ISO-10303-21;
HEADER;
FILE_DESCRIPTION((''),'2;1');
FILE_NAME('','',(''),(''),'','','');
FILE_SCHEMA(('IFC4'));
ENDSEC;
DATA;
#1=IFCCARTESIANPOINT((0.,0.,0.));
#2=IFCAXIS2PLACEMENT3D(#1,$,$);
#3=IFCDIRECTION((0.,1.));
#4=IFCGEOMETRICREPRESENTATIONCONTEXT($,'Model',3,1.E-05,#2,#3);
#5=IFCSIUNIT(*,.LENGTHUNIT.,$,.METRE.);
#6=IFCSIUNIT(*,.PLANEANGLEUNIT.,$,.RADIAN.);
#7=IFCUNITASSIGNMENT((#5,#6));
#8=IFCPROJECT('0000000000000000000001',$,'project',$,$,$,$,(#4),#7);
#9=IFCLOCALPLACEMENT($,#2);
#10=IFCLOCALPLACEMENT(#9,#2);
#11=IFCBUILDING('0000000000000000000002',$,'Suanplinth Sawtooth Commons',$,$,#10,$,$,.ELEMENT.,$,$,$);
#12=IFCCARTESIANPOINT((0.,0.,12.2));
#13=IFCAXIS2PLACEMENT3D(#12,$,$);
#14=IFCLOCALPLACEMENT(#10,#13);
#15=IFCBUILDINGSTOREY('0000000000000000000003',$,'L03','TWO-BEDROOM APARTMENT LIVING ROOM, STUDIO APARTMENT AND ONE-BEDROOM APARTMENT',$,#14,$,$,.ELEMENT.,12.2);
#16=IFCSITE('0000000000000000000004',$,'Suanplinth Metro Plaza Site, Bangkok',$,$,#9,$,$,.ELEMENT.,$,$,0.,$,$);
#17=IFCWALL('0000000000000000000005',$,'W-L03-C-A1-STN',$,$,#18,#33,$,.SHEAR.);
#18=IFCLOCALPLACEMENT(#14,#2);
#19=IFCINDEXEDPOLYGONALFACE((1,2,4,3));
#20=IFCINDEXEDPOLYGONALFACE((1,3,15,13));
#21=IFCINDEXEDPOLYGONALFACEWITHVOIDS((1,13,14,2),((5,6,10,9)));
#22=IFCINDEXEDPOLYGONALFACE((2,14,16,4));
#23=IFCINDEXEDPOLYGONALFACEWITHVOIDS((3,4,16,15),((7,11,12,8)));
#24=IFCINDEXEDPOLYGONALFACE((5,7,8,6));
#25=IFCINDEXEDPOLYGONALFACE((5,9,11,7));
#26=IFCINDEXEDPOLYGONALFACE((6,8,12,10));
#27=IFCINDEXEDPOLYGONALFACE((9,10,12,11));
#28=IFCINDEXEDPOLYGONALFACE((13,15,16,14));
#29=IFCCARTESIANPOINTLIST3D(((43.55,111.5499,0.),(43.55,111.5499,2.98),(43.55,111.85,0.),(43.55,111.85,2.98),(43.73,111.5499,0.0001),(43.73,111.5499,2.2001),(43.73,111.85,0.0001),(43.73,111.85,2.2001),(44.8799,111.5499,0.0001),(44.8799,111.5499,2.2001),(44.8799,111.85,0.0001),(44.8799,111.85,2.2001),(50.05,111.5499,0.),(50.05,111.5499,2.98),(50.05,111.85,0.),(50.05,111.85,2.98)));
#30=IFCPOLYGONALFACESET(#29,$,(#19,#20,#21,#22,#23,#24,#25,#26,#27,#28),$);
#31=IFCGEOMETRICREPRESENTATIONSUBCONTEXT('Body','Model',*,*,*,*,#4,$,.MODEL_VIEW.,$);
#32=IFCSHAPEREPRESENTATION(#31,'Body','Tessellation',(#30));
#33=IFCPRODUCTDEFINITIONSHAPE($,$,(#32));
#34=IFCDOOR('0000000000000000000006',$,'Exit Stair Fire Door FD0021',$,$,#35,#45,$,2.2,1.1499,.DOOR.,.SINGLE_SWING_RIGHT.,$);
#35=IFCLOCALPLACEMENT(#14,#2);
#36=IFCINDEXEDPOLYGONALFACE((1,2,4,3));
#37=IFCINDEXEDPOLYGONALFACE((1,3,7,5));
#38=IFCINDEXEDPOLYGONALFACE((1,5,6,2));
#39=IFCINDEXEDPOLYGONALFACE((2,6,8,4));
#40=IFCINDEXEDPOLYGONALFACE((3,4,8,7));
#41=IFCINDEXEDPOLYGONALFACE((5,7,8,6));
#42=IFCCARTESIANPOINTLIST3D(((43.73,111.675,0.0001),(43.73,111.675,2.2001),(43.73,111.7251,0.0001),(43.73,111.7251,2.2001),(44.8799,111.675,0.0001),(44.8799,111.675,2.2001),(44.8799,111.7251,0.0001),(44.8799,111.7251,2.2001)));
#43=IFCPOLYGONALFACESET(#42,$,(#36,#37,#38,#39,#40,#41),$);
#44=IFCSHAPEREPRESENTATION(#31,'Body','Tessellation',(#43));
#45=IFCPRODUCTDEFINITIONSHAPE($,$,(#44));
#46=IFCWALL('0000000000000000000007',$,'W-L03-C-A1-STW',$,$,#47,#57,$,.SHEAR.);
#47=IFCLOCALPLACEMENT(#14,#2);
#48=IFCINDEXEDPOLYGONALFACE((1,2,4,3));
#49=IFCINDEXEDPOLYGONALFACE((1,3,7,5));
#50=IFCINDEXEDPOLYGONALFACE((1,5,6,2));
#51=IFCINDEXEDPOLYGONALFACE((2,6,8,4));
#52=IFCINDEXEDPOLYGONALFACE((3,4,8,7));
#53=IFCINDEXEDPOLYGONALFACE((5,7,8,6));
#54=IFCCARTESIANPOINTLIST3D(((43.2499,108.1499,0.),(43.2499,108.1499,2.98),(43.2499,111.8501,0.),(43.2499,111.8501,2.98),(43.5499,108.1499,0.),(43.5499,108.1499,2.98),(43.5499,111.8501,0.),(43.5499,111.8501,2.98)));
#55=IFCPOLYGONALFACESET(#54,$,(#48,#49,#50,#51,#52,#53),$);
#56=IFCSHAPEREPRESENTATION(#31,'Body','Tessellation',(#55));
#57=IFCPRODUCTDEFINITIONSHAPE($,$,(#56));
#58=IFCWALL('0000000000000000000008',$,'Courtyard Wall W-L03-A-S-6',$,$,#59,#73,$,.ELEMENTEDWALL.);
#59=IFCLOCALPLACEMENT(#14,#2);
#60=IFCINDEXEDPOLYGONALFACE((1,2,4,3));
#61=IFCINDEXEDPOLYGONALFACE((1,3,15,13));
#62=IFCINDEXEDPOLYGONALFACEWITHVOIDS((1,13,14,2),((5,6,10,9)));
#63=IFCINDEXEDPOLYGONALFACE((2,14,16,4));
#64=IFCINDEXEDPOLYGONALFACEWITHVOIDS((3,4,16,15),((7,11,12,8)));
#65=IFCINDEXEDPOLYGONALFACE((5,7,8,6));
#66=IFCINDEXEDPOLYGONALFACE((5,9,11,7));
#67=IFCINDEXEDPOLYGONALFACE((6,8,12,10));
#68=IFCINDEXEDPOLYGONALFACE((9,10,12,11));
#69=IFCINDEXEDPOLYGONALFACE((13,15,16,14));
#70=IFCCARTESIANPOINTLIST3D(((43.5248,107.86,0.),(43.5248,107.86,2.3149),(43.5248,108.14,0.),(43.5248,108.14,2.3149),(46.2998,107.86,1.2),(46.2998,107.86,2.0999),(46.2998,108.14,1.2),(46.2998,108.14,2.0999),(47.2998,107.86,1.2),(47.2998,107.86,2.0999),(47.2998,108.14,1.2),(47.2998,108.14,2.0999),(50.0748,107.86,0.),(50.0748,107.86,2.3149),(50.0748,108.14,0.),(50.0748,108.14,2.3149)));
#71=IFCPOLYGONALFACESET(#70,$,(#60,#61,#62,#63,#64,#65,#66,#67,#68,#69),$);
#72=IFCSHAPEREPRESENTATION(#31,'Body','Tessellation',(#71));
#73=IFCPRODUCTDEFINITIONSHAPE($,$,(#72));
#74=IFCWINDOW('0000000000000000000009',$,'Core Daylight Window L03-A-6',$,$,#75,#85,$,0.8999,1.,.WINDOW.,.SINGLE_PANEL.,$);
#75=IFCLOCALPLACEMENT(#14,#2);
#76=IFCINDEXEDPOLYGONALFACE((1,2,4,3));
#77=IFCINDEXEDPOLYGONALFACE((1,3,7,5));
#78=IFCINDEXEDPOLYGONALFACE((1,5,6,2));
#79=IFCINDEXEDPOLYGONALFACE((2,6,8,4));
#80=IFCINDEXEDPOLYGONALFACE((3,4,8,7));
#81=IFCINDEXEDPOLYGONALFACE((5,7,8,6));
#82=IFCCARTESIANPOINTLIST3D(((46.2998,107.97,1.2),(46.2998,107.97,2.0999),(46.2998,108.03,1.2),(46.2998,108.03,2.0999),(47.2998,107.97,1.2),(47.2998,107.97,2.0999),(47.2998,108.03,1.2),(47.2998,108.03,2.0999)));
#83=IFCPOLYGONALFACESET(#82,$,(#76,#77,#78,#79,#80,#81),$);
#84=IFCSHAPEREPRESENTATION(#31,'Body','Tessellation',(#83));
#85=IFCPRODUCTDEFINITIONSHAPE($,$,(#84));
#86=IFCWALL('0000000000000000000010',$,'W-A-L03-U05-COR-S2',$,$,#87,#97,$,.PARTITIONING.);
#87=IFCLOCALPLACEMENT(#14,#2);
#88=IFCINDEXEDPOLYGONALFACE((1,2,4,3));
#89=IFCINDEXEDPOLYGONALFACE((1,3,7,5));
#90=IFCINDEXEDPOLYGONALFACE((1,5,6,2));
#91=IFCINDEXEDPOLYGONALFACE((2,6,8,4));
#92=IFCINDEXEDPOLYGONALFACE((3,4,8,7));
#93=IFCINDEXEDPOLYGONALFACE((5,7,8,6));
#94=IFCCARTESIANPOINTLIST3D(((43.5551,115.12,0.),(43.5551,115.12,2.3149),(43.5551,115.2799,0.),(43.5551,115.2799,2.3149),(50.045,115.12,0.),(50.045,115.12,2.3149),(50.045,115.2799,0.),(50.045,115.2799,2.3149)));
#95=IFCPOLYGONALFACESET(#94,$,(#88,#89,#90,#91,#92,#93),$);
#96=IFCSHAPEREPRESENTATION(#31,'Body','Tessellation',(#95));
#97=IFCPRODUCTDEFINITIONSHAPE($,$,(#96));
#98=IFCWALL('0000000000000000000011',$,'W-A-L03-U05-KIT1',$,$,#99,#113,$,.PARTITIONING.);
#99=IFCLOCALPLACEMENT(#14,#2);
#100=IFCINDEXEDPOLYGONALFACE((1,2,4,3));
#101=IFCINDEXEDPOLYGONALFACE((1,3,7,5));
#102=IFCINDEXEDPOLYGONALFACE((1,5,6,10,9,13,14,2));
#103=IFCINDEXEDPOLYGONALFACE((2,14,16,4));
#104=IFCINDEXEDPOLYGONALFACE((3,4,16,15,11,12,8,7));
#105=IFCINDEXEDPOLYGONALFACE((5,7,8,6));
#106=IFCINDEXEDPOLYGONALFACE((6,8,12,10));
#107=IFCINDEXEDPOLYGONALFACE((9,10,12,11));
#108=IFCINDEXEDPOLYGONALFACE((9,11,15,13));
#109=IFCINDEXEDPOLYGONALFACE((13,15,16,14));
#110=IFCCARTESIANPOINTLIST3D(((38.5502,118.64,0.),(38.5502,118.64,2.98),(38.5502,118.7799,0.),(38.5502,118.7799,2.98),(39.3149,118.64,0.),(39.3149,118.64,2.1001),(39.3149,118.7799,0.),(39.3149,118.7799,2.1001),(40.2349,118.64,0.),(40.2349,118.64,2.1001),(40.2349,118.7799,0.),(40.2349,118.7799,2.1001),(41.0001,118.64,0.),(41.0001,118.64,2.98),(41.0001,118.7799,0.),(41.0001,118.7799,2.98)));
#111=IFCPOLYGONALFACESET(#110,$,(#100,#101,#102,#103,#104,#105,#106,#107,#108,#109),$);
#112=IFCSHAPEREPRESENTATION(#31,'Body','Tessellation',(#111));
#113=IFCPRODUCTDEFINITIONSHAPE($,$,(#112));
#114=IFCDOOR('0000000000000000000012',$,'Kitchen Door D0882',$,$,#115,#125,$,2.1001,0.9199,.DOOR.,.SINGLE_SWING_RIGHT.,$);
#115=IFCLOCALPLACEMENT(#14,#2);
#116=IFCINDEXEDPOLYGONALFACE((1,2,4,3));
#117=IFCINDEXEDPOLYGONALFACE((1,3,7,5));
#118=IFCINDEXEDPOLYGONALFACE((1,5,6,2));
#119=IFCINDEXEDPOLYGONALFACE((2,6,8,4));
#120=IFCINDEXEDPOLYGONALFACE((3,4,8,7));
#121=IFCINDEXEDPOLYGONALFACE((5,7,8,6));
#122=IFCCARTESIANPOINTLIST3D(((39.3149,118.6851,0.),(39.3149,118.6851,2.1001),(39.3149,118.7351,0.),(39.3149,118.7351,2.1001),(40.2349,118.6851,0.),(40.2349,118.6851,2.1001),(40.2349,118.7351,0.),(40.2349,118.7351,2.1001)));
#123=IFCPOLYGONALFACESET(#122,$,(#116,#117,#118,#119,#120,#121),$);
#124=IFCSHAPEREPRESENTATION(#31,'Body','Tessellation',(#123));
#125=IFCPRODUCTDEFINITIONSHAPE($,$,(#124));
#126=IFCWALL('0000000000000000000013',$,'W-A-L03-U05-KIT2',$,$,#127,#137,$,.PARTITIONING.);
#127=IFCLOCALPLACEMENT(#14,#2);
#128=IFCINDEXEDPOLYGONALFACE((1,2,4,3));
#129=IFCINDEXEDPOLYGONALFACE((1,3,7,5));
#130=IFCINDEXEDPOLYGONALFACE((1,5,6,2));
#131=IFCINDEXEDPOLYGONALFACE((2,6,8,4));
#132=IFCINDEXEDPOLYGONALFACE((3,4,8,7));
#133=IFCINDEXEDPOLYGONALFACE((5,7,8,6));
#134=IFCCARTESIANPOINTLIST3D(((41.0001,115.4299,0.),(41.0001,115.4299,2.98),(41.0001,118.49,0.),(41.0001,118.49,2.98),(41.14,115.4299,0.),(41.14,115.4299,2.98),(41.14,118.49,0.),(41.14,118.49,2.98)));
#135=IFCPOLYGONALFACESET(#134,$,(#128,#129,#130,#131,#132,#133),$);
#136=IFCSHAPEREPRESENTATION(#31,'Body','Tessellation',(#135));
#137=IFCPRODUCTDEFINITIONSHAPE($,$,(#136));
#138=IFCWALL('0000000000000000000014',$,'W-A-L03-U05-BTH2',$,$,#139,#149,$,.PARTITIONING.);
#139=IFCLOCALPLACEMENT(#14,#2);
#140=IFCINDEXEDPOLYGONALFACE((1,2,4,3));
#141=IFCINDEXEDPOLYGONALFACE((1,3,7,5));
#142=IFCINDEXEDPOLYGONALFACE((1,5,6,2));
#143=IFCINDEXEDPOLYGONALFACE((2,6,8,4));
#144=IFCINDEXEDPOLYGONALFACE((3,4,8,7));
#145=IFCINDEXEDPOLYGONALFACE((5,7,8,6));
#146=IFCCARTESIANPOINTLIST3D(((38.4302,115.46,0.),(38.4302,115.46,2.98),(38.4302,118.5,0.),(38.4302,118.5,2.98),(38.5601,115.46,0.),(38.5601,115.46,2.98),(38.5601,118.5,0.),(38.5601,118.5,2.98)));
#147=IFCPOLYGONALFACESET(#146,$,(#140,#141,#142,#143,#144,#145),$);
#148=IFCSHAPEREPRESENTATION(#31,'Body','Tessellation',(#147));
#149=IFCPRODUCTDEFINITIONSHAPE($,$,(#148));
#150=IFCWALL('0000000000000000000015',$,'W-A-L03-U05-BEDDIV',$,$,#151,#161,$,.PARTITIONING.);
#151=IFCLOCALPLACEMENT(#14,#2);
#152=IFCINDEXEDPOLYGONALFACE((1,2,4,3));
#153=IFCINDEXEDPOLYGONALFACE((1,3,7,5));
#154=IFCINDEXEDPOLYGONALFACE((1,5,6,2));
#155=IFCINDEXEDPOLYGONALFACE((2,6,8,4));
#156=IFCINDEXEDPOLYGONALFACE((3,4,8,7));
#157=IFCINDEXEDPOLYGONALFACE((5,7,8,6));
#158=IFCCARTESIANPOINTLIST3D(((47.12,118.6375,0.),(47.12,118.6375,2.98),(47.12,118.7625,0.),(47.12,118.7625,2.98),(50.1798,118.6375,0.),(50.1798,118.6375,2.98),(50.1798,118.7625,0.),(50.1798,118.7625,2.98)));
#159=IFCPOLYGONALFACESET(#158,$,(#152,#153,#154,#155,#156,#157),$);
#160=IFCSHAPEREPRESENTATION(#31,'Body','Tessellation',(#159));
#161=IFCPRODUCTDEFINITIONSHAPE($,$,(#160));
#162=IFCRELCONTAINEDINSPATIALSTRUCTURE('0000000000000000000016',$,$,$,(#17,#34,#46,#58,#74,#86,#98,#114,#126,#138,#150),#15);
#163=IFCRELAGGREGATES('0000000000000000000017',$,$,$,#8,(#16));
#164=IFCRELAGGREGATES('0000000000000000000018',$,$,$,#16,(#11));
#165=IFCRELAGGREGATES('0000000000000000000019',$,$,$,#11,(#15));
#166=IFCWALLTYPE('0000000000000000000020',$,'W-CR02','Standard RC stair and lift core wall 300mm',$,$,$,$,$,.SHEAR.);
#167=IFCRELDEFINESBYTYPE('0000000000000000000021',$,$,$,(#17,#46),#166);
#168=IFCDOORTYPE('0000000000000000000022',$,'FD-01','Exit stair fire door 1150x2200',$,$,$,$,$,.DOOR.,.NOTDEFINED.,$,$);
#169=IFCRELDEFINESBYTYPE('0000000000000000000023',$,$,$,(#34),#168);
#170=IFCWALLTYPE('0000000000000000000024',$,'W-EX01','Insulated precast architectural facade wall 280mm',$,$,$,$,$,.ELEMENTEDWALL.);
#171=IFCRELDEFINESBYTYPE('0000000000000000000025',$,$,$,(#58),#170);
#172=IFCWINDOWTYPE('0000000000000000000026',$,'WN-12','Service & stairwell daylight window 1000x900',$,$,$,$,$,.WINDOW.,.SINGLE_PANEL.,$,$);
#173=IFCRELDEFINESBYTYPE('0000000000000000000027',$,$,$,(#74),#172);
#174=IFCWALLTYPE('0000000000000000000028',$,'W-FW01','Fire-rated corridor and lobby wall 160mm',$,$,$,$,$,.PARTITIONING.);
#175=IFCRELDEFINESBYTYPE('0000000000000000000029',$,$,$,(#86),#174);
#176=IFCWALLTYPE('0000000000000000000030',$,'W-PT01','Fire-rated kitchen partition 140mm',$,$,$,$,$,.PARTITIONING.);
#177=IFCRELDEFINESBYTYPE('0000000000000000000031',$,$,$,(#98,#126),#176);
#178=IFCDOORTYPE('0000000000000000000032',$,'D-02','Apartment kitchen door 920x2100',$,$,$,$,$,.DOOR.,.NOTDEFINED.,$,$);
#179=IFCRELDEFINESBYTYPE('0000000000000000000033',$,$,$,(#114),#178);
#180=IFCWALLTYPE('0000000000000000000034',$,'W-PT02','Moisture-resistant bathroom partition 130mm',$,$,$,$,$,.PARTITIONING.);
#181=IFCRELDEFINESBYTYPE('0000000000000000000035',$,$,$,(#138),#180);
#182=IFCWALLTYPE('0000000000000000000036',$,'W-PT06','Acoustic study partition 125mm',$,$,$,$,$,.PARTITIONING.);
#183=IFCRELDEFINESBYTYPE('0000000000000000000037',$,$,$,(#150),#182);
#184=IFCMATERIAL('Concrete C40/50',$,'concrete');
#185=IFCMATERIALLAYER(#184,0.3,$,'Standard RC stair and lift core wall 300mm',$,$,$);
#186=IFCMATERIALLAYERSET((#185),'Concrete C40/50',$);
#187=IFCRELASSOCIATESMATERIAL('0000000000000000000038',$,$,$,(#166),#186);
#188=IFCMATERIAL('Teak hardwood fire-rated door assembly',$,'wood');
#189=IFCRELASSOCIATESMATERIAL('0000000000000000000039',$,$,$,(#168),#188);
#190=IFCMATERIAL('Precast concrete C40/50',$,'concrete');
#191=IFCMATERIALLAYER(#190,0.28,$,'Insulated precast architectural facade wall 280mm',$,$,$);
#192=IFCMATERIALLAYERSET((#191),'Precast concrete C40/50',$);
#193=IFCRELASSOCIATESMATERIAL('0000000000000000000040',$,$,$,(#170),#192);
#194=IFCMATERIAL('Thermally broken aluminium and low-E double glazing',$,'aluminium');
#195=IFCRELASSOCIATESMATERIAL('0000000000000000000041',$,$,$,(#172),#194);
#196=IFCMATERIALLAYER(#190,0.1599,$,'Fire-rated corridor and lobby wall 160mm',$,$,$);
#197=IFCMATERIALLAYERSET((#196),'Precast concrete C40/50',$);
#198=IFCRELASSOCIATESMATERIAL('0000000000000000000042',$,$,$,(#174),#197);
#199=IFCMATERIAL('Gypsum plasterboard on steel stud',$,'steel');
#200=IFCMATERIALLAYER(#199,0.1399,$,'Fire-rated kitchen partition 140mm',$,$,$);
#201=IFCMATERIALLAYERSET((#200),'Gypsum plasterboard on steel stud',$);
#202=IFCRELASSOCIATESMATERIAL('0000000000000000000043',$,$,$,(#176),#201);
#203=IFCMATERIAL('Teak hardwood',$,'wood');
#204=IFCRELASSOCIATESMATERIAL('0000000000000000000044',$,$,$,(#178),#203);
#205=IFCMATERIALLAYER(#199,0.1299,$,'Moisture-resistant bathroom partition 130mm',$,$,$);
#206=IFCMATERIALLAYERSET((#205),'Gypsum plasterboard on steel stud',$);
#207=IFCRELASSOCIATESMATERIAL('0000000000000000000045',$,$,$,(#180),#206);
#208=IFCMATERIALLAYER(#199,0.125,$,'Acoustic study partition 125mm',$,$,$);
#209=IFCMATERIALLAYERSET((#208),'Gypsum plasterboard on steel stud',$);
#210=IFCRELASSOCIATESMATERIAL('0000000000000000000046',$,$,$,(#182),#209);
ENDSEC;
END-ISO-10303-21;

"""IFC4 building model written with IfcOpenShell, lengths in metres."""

from ifc_helpers import new_model, si_unit, direction, frame, frame_2d, origin, place, context, subcontext, project, spatial, rectangle, extrude, material, layer, layer_set, type_object, element, fill, save


model = new_model("IFC4")

# Units and contexts
model_context = context("Model", 3, precision=1e-05, world=origin(), true_north=direction((0.0, 1.0)))
body_context = subcontext(model_context, "Body", "Model", "MODEL_VIEW")
ifc_project = project(units=[si_unit("LENGTHUNIT", "METRE"), si_unit("PLANEANGLEUNIT", "RADIAN")], contexts=[model_context])

# Site, building, storey
site_placement = place(None, origin())
site = spatial("IfcSite", under=ifc_project, at=site_placement, Name="Suanplinth Metro Plaza Site, Bangkok", CompositionType="ELEMENT", RefElevation=0.0)
building_placement = place(site_placement, origin())
building = spatial("IfcBuilding", under=site, at=building_placement, Name="Suanplinth Sawtooth Commons", CompositionType="ELEMENT")
storey_placement = place(building_placement, frame((0.0, 0.0, 12.2)))
storey = spatial("IfcBuildingStorey", under=building, at=storey_placement, Name="L03", Description="TWO-BEDROOM APARTMENT LIVING ROOM, STUDIO APARTMENT AND ONE-BEDROOM APARTMENT", CompositionType="ELEMENT", Elevation=12.2)

# Shared definitions
ifc_material_1 = material(Name="Precast concrete C40/50", Category="concrete")

# Shared definitions
ifc_material_2 = material(Name="Concrete C40/50", Category="concrete")
ifc_layer_1 = layer(ifc_material_2, 0.3, Name="Standard RC stair and lift core wall 300mm")
ifc_layer_set_1 = layer_set([ifc_layer_1], Name="Concrete C40/50")
wall_type_1 = type_object("IfcWallType", Name="W-CR02", Description="Standard RC stair and lift core wall 300mm", PredefinedType="SHEAR", material=ifc_layer_set_1)

# Wall, opening, door
wall_1_placement = place(storey_placement, frame((43.55, 111.7, 0.0), z_axis=(0.0, 0.0, 1.0), x_axis=(1.0, 0.0, 0.0)))
wall_1 = element("IfcWall", 1, at=wall_1_placement, inside=storey, type_object=wall_type_1, Name="W-L03-C-A1-STN", PredefinedType="SHEAR", context=body_context, shape_type="SweptSolid", body=[
    extrude(rectangle(XDim=6.5, YDim=0.3, at=frame_2d((3.25, 0.0))), origin(), (0.0, 0.0, 1.0), 2.98),
])
opening_1_placement = place(wall_1_placement, frame((0.1799, 0.0, 0.0)))
opening_1 = element("IfcOpeningElement", 2, at=opening_1_placement, cuts=wall_1, PredefinedType="OPENING", context=body_context, shape_type="SweptSolid", body=[
    extrude(rectangle(XDim=1.1499, YDim=2.2, at=frame_2d((0.575, 1.1001))), frame((0.0, 0.165, 0.0), z_axis=(0.0, -1.0, 0.0), x_axis=(1.0, 0.0, 0.0)), (0.0, 0.0, 1.0), 0.3298),
])
ifc_material_3 = material(Name="Teak hardwood fire-rated door assembly", Category="wood")
door_type_1 = type_object("IfcDoorType", Name="FD-01", Description="Exit stair fire door 1150x2200", OperationType="NOTDEFINED", PredefinedType="DOOR", material=ifc_material_3)
door_1_placement = place(opening_1_placement, frame((1.1499, 0.0, 0.0), z_axis=(0.0, 0.0, 1.0), x_axis=(-1.0, 0.0, 0.0)))
door_1 = element("IfcDoor", 3, at=door_1_placement, inside=storey, type_object=door_type_1, Name="Exit Stair Fire Door FD0021", OperationType="SINGLE_SWING_RIGHT", OverallHeight=2.2, OverallWidth=1.1499, PredefinedType="DOOR", context=body_context, shape_type="SweptSolid", body=[
    extrude(rectangle(XDim=1.1499, YDim=2.2, at=frame_2d((0.575, 1.1001))), frame((0.0, 0.0249, 0.0), z_axis=(0.0, -1.0, 0.0), x_axis=(1.0, 0.0, 0.0)), (0.0, 0.0, 1.0), 0.05),
])
fill(opening_1, door_1)

# Wall
wall_2_placement = place(storey_placement, frame((43.3999, 108.1499, 0.0), z_axis=(0.0, 0.0, 1.0), x_axis=(0.0, 1.0, 0.0)))
element("IfcWall", 4, at=wall_2_placement, inside=storey, type_object=wall_type_1, Name="W-L03-C-A1-STW", PredefinedType="SHEAR", context=body_context, shape_type="SweptSolid", body=[
    extrude(rectangle(XDim=3.7002, YDim=0.3, at=frame_2d((1.8501, 0.0))), origin(), (0.0, 0.0, 1.0), 2.98),
])

# Wall, opening, window
ifc_layer_2 = layer(ifc_material_1, 0.28, Name="Insulated precast architectural facade wall 280mm")
ifc_layer_set_2 = layer_set([ifc_layer_2], Name="Precast concrete C40/50")
wall_type_2 = type_object("IfcWallType", Name="W-EX01", Description="Insulated precast architectural facade wall 280mm", PredefinedType="ELEMENTEDWALL", material=ifc_layer_set_2)
wall_3_placement = place(storey_placement, frame((43.5249, 108.0, 0.0), z_axis=(0.0, 0.0, 1.0), x_axis=(1.0, 0.0, 0.0)))
wall_3 = element("IfcWall", 5, at=wall_3_placement, inside=storey, type_object=wall_type_2, Name="Courtyard Wall W-L03-A-S-6", PredefinedType="ELEMENTEDWALL", context=body_context, shape_type="SweptSolid", body=[
    extrude(rectangle(XDim=6.55, YDim=0.28, at=frame_2d((3.2749, 0.0))), origin(), (0.0, 0.0, 1.0), 2.3149),
])
opening_2_placement = place(wall_3_placement, frame((2.7749, 0.0, 1.2)))
opening_2 = element("IfcOpeningElement", 6, at=opening_2_placement, cuts=wall_3, PredefinedType="OPENING", context=body_context, shape_type="SweptSolid", body=[
    extrude(rectangle(XDim=1.0, YDim=0.8999, at=frame_2d((0.5, 0.45))), frame((0.0, 0.1548, 0.0), z_axis=(0.0, -1.0, 0.0), x_axis=(1.0, 0.0, 0.0)), (0.0, 0.0, 1.0), 0.3098),
])
ifc_material_4 = material(Name="Thermally broken aluminium and low-E double glazing", Category="aluminium")
window_type = type_object("IfcWindowType", Name="WN-12", Description="Service & stairwell daylight window 1000x900", PartitioningType="SINGLE_PANEL", PredefinedType="WINDOW", material=ifc_material_4)
window_placement = place(opening_2_placement, origin())
window = element("IfcWindow", 7, at=window_placement, inside=storey, type_object=window_type, Name="Core Daylight Window L03-A-6", OverallHeight=0.8999, OverallWidth=1.0, PartitioningType="SINGLE_PANEL", PredefinedType="WINDOW", context=body_context, shape_type="SweptSolid", body=[
    extrude(rectangle(XDim=1.0, YDim=0.8999, at=frame_2d((0.5, 0.45))), frame((0.0, 0.03, 0.0), z_axis=(0.0, -1.0, 0.0), x_axis=(1.0, 0.0, 0.0)), (0.0, 0.0, 1.0), 0.0601),
])
fill(opening_2, window)

# Wall
ifc_layer_3 = layer(ifc_material_1, 0.1599, Name="Fire-rated corridor and lobby wall 160mm")
ifc_layer_set_3 = layer_set([ifc_layer_3], Name="Precast concrete C40/50")
wall_type_3 = type_object("IfcWallType", Name="W-FW01", Description="Fire-rated corridor and lobby wall 160mm", PredefinedType="PARTITIONING", material=ifc_layer_set_3)
wall_4_placement = place(storey_placement, frame((43.5549, 115.2, 0.0), z_axis=(0.0, 0.0, 1.0), x_axis=(1.0, 0.0, 0.0)))
element("IfcWall", 8, at=wall_4_placement, inside=storey, type_object=wall_type_3, Name="W-A-L03-U05-COR-S2", PredefinedType="PARTITIONING", context=body_context, shape_type="SweptSolid", body=[
    extrude(rectangle(XDim=6.49, YDim=0.1599, at=frame_2d((3.2451, 0.0))), origin(), (0.0, 0.0, 1.0), 2.3149),
])

# Wall, opening, door
ifc_material_5 = material(Name="Gypsum plasterboard on steel stud", Category="steel")
ifc_layer_4 = layer(ifc_material_5, 0.1399, Name="Fire-rated kitchen partition 140mm")
ifc_layer_set_4 = layer_set([ifc_layer_4], Name="Gypsum plasterboard on steel stud")
wall_type_4 = type_object("IfcWallType", Name="W-PT01", Description="Fire-rated kitchen partition 140mm", PredefinedType="PARTITIONING", material=ifc_layer_set_4)
wall_5_placement = place(storey_placement, frame((38.55, 118.71, 0.0), z_axis=(0.0, 0.0, 1.0), x_axis=(1.0, 0.0, 0.0)))
wall_5 = element("IfcWall", 9, at=wall_5_placement, inside=storey, type_object=wall_type_4, Name="W-A-L03-U05-KIT1", PredefinedType="PARTITIONING", context=body_context, shape_type="SweptSolid", body=[
    extrude(rectangle(XDim=2.45, YDim=0.1399, at=frame_2d((1.2251, 0.0))), origin(), (0.0, 0.0, 1.0), 2.98),
])
opening_3_placement = place(wall_5_placement, frame((0.7649, 0.0, 0.0)))
opening_3 = element("IfcOpeningElement", 10, at=opening_3_placement, cuts=wall_5, PredefinedType="OPENING", context=body_context, shape_type="SweptSolid", body=[
    extrude(rectangle(XDim=0.9199, YDim=2.1001, at=frame_2d((0.46, 1.05))), frame((0.0, 0.085, 0.0), z_axis=(0.0, -1.0, 0.0), x_axis=(1.0, 0.0, 0.0)), (0.0, 0.0, 1.0), 0.1697),
])
ifc_material_6 = material(Name="Teak hardwood", Category="wood")
door_type_2 = type_object("IfcDoorType", Name="D-02", Description="Apartment kitchen door 920x2100", OperationType="NOTDEFINED", PredefinedType="DOOR", material=ifc_material_6)
door_2_placement = place(opening_3_placement, frame((0.9199, 0.0, 0.0), z_axis=(0.0, 0.0, 1.0), x_axis=(-1.0, 0.0, 0.0)))
door_2 = element("IfcDoor", 11, at=door_2_placement, inside=storey, type_object=door_type_2, Name="Kitchen Door D0882", OperationType="SINGLE_SWING_RIGHT", OverallHeight=2.1001, OverallWidth=0.9199, PredefinedType="DOOR", context=body_context, shape_type="SweptSolid", body=[
    extrude(rectangle(XDim=0.9199, YDim=2.1001, at=frame_2d((0.46, 1.05))), frame((0.0, 0.0249, 0.0), z_axis=(0.0, -1.0, 0.0), x_axis=(1.0, 0.0, 0.0)), (0.0, 0.0, 1.0), 0.05),
])
fill(opening_3, door_2)

# Walls
wall_6_placement = place(storey_placement, frame((41.0701, 115.4299, 0.0), z_axis=(0.0, 0.0, 1.0), x_axis=(0.0, 1.0, 0.0)))
element("IfcWall", 12, at=wall_6_placement, inside=storey, type_object=wall_type_4, Name="W-A-L03-U05-KIT2", PredefinedType="PARTITIONING", context=body_context, shape_type="SweptSolid", body=[
    extrude(rectangle(XDim=3.0601, YDim=0.1399, at=frame_2d((1.53, 0.0))), origin(), (0.0, 0.0, 1.0), 2.98),
])
ifc_layer_5 = layer(ifc_material_5, 0.1299, Name="Moisture-resistant bathroom partition 130mm")
ifc_layer_set_5 = layer_set([ifc_layer_5], Name="Gypsum plasterboard on steel stud")
wall_type_5 = type_object("IfcWallType", Name="W-PT02", Description="Moisture-resistant bathroom partition 130mm", PredefinedType="PARTITIONING", material=ifc_layer_set_5)
wall_7_placement = place(storey_placement, frame((38.4951, 115.46, 0.0), z_axis=(0.0, 0.0, 1.0), x_axis=(0.0, 1.0, 0.0)))
element("IfcWall", 13, at=wall_7_placement, inside=storey, type_object=wall_type_5, Name="W-A-L03-U05-BTH2", PredefinedType="PARTITIONING", context=body_context, shape_type="SweptSolid", body=[
    extrude(rectangle(XDim=3.04, YDim=0.1299, at=frame_2d((1.52, 0.0))), origin(), (0.0, 0.0, 1.0), 2.98),
])

# Wall
ifc_layer_6 = layer(ifc_material_5, 0.125, Name="Acoustic study partition 125mm")
ifc_layer_set_6 = layer_set([ifc_layer_6], Name="Gypsum plasterboard on steel stud")
wall_type_6 = type_object("IfcWallType", Name="W-PT06", Description="Acoustic study partition 125mm", PredefinedType="PARTITIONING", material=ifc_layer_set_6)
wall_8_placement = place(storey_placement, frame((47.1201, 118.7, 0.0), z_axis=(0.0, 0.0, 1.0), x_axis=(1.0, 0.0, 0.0)))
element("IfcWall", 14, at=wall_8_placement, inside=storey, type_object=wall_type_6, Name="W-A-L03-U05-BEDDIV", PredefinedType="PARTITIONING", context=body_context, shape_type="SweptSolid", body=[
    extrude(rectangle(XDim=3.0598, YDim=0.125, at=frame_2d((1.5298, 0.0))), origin(), (0.0, 0.0, 1.0), 2.98),
])

save(model, "model.ifc")
